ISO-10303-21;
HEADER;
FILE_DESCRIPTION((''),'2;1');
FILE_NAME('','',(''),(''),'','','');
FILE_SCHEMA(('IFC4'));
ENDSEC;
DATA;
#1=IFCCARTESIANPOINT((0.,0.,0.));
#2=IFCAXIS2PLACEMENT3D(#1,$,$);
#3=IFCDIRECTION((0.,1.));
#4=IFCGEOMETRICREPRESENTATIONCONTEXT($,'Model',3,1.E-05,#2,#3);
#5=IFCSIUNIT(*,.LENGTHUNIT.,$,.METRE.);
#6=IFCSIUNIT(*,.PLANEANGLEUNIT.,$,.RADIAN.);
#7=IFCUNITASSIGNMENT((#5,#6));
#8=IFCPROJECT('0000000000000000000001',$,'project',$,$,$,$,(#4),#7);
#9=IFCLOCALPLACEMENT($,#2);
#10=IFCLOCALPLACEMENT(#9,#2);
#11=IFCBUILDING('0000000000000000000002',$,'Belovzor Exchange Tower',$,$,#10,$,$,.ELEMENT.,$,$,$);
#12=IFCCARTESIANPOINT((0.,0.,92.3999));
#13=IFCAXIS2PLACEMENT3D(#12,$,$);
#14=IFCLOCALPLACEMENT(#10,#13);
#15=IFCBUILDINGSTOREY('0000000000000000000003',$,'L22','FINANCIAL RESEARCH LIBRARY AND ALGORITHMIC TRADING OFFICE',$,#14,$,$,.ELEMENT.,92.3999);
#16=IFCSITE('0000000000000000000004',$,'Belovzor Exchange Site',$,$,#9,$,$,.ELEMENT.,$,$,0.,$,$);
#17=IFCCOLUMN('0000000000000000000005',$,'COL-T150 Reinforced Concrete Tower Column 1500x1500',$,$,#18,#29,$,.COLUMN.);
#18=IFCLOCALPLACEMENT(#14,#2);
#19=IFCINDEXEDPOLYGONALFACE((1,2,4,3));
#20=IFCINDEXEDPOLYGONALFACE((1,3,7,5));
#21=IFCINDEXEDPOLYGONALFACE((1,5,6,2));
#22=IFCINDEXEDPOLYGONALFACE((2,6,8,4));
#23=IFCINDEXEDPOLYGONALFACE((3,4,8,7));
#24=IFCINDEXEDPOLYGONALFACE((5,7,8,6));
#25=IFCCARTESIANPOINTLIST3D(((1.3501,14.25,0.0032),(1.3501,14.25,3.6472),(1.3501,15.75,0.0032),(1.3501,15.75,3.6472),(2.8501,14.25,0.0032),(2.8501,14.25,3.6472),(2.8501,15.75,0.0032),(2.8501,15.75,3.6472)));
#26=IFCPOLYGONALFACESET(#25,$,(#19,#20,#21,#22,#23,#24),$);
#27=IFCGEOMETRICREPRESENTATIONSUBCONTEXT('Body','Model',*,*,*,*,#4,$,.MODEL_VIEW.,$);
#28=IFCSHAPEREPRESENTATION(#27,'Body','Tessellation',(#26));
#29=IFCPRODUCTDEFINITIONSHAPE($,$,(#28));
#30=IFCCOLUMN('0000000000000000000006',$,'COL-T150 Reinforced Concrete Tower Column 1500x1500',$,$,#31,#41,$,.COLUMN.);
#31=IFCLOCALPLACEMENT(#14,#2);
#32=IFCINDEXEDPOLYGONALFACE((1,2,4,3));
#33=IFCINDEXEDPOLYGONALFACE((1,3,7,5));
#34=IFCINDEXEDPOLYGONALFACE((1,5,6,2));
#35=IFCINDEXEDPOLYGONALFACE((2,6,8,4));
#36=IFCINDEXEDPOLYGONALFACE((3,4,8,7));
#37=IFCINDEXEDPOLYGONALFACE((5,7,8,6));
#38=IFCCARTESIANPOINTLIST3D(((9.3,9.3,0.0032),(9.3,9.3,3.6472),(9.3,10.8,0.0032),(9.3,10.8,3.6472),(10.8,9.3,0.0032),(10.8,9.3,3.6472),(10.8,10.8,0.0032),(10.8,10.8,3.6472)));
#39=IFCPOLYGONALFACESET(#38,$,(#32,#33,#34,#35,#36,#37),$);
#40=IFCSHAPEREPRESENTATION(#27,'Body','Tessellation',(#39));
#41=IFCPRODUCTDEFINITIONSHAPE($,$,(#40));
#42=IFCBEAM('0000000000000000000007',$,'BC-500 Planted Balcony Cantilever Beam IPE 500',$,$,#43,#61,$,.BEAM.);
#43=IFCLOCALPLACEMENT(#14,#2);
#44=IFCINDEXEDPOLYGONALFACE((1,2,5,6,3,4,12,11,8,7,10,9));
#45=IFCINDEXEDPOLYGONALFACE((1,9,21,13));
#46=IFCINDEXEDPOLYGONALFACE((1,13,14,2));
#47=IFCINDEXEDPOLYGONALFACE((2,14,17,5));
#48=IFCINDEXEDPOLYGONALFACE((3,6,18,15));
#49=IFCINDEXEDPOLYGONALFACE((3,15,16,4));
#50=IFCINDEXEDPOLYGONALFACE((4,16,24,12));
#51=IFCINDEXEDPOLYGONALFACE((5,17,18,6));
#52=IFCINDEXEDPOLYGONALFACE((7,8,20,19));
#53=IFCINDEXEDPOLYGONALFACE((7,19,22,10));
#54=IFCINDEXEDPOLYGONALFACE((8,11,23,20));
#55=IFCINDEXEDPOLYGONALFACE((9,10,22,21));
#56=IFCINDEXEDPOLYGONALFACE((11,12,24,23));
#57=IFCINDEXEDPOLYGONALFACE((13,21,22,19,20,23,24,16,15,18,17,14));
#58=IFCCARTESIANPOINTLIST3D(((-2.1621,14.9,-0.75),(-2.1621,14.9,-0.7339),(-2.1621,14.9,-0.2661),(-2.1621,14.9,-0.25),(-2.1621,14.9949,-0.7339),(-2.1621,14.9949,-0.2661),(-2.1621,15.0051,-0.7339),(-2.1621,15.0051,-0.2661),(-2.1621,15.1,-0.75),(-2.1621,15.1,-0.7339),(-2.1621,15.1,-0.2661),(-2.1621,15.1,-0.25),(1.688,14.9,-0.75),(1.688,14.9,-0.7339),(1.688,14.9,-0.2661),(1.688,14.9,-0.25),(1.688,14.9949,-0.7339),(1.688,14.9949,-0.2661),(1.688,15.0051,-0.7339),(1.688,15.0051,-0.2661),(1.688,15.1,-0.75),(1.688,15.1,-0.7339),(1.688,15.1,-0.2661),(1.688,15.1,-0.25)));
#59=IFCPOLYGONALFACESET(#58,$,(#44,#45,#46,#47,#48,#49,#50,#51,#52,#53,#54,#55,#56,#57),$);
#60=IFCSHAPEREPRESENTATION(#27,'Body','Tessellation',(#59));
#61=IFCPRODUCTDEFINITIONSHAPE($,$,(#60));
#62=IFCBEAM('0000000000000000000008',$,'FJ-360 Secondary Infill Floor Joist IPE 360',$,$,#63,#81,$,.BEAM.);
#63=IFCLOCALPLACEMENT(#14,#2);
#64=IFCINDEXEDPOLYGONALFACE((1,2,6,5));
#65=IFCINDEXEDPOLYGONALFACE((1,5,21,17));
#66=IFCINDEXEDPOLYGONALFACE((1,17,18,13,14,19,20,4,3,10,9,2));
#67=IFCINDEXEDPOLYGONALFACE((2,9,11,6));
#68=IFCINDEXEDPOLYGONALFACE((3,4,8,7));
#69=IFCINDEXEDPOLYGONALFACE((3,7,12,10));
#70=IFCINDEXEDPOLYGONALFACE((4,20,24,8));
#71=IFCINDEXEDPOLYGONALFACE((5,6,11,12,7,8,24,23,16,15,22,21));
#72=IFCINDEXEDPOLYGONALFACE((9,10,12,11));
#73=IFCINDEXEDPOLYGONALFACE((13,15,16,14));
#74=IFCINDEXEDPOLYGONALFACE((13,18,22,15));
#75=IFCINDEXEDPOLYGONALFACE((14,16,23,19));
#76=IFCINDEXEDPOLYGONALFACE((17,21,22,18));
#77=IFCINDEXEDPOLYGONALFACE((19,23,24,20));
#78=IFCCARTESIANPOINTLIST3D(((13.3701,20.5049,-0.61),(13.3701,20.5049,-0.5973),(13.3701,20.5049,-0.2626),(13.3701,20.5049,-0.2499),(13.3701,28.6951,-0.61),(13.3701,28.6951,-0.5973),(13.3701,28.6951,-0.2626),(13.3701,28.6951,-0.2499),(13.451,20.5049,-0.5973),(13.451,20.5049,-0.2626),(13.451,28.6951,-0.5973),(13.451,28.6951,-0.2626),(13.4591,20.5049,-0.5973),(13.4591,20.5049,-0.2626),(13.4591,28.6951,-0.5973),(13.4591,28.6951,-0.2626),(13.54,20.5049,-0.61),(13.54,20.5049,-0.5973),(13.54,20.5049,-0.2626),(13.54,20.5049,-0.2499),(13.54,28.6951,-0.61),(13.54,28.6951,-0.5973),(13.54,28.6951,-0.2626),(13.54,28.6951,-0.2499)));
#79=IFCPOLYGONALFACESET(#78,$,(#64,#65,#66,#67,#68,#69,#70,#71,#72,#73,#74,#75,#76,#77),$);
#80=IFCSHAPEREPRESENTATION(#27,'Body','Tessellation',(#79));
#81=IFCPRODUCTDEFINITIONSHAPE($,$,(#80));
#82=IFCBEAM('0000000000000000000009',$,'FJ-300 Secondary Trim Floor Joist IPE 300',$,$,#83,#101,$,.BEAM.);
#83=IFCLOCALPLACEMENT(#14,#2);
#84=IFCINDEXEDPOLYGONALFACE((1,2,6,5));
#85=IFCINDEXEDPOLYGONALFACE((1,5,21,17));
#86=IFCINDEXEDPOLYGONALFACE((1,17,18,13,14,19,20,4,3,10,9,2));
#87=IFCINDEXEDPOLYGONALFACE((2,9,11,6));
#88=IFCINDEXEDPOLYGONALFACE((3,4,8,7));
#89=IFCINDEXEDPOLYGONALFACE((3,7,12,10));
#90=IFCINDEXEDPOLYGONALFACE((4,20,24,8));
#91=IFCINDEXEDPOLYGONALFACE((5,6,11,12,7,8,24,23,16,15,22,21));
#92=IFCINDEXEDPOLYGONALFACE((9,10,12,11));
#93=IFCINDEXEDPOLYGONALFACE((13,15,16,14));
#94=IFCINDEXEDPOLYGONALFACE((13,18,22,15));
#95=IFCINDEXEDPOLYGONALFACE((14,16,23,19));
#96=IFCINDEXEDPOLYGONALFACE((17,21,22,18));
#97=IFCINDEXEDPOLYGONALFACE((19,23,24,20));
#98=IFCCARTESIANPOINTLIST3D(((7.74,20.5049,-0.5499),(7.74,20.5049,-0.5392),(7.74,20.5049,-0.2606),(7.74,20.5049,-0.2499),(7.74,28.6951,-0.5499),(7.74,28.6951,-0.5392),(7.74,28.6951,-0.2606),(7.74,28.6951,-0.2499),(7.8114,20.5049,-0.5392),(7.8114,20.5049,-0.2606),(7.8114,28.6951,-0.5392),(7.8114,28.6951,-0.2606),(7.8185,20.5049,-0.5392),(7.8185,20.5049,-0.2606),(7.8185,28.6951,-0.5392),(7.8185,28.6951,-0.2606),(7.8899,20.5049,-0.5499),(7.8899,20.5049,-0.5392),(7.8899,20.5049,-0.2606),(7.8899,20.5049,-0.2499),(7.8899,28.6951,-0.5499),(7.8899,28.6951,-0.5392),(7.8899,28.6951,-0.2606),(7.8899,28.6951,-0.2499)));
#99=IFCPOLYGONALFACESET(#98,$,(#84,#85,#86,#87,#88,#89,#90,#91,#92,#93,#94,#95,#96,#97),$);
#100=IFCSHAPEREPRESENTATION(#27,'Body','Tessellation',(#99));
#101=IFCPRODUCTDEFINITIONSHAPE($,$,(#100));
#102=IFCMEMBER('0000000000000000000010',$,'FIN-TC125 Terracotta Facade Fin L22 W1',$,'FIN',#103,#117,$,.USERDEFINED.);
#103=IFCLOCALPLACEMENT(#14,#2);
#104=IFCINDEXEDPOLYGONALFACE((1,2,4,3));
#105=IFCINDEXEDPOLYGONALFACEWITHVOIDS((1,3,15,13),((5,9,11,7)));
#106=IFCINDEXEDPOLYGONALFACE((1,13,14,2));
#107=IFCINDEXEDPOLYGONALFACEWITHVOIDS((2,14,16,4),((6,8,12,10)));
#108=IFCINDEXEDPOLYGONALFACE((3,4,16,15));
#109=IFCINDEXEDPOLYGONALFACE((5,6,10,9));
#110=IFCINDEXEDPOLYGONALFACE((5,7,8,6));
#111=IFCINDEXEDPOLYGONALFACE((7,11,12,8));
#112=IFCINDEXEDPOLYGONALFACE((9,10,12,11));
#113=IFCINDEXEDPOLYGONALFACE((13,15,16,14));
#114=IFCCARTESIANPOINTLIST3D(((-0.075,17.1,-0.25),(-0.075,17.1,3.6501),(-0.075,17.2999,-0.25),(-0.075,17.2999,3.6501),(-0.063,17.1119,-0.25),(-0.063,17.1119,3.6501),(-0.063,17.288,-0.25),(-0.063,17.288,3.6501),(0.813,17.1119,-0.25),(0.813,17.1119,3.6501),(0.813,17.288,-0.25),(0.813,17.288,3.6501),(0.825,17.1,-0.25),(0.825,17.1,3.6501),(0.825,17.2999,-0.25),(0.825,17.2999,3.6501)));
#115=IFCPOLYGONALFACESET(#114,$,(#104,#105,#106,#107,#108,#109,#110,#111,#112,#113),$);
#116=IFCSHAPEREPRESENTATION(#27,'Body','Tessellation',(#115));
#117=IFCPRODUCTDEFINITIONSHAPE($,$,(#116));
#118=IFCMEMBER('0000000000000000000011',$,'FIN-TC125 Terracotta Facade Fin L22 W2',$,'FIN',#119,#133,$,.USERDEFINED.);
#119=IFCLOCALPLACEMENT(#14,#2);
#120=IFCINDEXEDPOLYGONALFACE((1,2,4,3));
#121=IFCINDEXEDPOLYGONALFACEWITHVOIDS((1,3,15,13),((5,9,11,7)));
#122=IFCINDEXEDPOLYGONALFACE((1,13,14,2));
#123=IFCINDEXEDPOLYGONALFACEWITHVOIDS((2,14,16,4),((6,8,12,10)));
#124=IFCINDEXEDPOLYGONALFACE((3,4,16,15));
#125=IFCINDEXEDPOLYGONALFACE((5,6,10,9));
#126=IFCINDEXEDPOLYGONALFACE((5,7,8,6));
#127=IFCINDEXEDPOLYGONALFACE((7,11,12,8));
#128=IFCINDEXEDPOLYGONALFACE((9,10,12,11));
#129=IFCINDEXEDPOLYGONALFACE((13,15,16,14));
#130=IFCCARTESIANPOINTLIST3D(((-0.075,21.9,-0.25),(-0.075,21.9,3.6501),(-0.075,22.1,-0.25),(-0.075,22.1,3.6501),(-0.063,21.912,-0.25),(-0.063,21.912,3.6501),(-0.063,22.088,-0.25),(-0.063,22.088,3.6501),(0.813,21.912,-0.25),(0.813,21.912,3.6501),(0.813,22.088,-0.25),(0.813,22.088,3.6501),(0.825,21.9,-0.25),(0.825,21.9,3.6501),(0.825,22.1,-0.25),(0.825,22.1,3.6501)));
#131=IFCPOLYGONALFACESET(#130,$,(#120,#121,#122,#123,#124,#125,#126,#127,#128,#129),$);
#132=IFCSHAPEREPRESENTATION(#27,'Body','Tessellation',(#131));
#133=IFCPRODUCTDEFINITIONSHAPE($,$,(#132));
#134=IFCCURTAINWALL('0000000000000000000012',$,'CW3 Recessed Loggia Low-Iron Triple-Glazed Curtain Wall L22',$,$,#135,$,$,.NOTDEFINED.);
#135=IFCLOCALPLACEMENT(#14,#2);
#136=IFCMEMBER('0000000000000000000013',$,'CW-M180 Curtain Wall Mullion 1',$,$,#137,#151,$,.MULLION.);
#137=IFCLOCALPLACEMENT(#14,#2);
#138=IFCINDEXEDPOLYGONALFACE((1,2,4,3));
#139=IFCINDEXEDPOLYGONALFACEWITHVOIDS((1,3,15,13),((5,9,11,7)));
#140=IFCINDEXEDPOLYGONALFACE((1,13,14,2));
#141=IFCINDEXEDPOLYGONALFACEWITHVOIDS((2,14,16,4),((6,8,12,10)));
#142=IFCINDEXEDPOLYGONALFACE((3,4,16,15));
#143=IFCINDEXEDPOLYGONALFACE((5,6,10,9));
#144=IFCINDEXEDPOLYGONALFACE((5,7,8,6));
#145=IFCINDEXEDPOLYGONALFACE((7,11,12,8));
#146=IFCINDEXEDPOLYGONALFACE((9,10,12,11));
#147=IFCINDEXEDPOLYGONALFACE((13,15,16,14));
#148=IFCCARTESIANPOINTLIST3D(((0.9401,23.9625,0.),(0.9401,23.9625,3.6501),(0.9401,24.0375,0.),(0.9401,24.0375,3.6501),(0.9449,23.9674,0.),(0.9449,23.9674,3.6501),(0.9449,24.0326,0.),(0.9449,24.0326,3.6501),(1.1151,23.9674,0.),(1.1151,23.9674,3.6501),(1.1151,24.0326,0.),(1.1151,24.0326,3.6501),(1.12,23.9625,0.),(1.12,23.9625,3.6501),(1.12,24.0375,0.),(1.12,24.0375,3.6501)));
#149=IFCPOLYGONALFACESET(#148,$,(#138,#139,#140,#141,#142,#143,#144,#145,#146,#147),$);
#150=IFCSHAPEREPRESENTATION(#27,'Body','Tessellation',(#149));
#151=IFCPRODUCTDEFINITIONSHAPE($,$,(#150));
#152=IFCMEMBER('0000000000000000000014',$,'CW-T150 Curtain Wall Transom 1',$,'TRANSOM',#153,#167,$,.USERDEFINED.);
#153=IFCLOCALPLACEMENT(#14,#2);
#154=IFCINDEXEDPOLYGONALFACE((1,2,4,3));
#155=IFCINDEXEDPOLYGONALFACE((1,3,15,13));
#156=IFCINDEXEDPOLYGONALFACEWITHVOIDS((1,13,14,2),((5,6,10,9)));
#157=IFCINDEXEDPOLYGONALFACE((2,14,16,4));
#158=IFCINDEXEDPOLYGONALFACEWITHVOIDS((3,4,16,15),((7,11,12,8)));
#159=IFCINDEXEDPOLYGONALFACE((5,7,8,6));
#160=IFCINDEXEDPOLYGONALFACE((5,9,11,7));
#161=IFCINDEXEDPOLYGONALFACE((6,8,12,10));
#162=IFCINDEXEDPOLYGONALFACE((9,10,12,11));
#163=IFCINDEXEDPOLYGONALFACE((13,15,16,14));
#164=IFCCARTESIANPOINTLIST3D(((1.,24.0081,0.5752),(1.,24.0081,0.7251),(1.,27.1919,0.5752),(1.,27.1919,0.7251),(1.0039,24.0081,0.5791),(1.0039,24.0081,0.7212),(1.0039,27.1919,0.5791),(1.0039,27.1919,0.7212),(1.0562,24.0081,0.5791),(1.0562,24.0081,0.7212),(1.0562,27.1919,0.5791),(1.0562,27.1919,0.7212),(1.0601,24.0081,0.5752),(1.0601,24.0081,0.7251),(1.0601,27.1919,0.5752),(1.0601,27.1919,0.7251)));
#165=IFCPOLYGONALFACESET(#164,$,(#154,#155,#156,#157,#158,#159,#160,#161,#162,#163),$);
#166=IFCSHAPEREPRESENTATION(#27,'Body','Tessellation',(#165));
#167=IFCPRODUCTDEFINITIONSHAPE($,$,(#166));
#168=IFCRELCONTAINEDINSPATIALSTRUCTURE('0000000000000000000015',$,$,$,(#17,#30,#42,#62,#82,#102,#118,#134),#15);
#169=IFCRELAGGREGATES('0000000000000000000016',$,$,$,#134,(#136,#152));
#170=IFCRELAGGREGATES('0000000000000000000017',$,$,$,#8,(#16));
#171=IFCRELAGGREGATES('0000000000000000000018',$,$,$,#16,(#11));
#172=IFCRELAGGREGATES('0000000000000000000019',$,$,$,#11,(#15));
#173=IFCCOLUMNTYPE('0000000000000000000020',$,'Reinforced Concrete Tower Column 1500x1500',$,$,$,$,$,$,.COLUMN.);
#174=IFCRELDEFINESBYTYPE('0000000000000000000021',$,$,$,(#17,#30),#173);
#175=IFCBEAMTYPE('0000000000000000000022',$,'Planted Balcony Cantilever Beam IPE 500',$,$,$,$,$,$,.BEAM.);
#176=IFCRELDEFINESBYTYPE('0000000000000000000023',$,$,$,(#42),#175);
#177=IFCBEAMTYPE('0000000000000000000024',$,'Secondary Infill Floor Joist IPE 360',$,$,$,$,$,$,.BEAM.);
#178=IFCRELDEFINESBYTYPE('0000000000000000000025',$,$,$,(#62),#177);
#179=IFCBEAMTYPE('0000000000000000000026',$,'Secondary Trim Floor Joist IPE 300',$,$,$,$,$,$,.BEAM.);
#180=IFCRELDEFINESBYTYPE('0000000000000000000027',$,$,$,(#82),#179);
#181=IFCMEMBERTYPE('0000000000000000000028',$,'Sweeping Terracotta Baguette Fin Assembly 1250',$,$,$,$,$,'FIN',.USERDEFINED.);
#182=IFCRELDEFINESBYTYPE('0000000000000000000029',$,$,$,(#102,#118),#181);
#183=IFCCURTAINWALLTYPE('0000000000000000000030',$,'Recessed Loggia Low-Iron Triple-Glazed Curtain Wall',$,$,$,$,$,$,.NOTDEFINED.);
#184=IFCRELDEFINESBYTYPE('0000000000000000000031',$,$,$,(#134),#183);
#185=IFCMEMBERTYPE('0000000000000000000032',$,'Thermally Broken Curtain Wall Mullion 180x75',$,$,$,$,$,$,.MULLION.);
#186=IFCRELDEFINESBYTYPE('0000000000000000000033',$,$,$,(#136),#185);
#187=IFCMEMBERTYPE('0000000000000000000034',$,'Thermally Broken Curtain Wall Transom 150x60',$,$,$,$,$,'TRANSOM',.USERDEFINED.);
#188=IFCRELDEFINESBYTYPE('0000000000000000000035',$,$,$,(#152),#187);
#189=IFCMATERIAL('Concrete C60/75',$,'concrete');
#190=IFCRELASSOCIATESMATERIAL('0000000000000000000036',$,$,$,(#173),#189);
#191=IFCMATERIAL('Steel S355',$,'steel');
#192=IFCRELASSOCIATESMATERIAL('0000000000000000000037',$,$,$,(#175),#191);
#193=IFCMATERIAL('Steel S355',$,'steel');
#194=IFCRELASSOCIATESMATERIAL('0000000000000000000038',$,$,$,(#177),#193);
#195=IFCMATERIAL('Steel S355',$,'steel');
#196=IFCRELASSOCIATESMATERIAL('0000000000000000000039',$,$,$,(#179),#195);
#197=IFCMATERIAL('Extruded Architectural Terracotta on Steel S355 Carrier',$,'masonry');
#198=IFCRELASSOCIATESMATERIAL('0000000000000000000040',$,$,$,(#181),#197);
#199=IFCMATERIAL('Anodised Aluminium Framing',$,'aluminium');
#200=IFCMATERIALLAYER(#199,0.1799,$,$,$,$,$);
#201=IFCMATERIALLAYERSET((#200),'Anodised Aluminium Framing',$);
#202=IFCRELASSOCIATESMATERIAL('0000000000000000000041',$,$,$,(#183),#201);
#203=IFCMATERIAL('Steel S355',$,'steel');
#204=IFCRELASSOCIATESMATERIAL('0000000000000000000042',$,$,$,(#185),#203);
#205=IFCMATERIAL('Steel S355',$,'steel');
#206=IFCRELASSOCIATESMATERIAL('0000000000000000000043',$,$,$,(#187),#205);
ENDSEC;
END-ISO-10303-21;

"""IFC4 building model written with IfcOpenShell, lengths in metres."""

from ifc_helpers import new_model, si_unit, direction, frame, origin, origin_2d, place, context, subcontext, project, spatial, rectangle, hollow_rectangle, i_section, extrude, material, layer, layer_set, material_profile, profile_set, type_object, element, aggregate, save


model = new_model("IFC4")

# Units and contexts
model_context = context("Model", 3, precision=1e-05, world=origin(), true_north=direction((0.0, 1.0)))
body_context = subcontext(model_context, "Body", "Model", "MODEL_VIEW")
ifc_project = project(units=[si_unit("LENGTHUNIT", "METRE"), si_unit("PLANEANGLEUNIT", "RADIAN")], contexts=[model_context])

# Site, building, storey
site_placement = place(None, origin())
site = spatial("IfcSite", under=ifc_project, at=site_placement, Name="Belovzor Exchange Site", CompositionType="ELEMENT", RefElevation=0.0)
building_placement = place(site_placement, origin())
building = spatial("IfcBuilding", under=site, at=building_placement, Name="Belovzor Exchange Tower", CompositionType="ELEMENT")
storey_placement = place(building_placement, frame((0.0, 0.0, 92.3999)))
storey = spatial("IfcBuildingStorey", under=building, at=storey_placement, Name="L22", Description="FINANCIAL RESEARCH LIBRARY AND ALGORITHMIC TRADING OFFICE", CompositionType="ELEMENT", Elevation=92.3999)

# Columns
ifc_material_1 = material(Name="Concrete C60/75", Category="concrete")
ifc_material_profile_1 = material_profile(ifc_material_1, rectangle(XDim=1.5, YDim=1.5, at=origin_2d()))
ifc_profile_set_1 = profile_set([ifc_material_profile_1], Name="Concrete C60/75")
column_type = type_object("IfcColumnType", Name="Reinforced Concrete Tower Column 1500x1500", PredefinedType="COLUMN", material=ifc_profile_set_1)
for number, where, z_axis, x_axis, name in (
    (1, (2.1001, 15.0, 0.0032), (0.0, 0.0, 1.0), (1.0, 0.0, 0.0), "COL-T150 Reinforced Concrete Tower Column 1500x1500"),
    (2, (10.05, 10.05, 0.0032), (0.0, 0.0, 1.0), (1.0, 0.0, 0.0), "COL-T150 Reinforced Concrete Tower Column 1500x1500"),
):
    element("IfcColumn", number, at=place(storey_placement, frame(where, z_axis=z_axis, x_axis=x_axis)), inside=storey, type_object=column_type, Name=name, PredefinedType="COLUMN", context=body_context, shape_type="SweptSolid", body=[
        extrude(rectangle(XDim=1.5, YDim=1.5, at=origin_2d()), origin(), (0.0, 0.0, 1.0), 3.644),
    ])

# Beams
ifc_material_2 = material(Name="Steel S355", Category="steel")
ifc_material_profile_2 = material_profile(ifc_material_2, i_section(OverallWidth=0.2, OverallDepth=0.5, WebThickness=0.0103, FlangeThickness=0.0161, at=origin_2d()))
ifc_profile_set_2 = profile_set([ifc_material_profile_2], Name="Steel S355")
beam_type_1 = type_object("IfcBeamType", Name="Planted Balcony Cantilever Beam IPE 500", PredefinedType="BEAM", material=ifc_profile_set_2)
beam_1_placement = place(storey_placement, frame((1.688, 15.0, -0.5), z_axis=(-1.0, 0.0, 0.0), x_axis=(0.0, -1.0, 0.0)))
element("IfcBeam", 3, at=beam_1_placement, inside=storey, type_object=beam_type_1, Name="BC-500 Planted Balcony Cantilever Beam IPE 500", PredefinedType="BEAM", context=body_context, shape_type="SweptSolid", body=[
    extrude(i_section(OverallWidth=0.2, OverallDepth=0.5, WebThickness=0.0103, FlangeThickness=0.0161, at=origin_2d()), origin(), (0.0, 0.0, 1.0), 3.8501),
])
ifc_material_3 = material(Name="Steel S355", Category="steel")
ifc_material_profile_3 = material_profile(ifc_material_3, i_section(OverallWidth=0.1699, OverallDepth=0.3601, WebThickness=0.0081, FlangeThickness=0.0127, at=origin_2d()))
ifc_profile_set_3 = profile_set([ifc_material_profile_3], Name="Steel S355")
beam_type_2 = type_object("IfcBeamType", Name="Secondary Infill Floor Joist IPE 360", PredefinedType="BEAM", material=ifc_profile_set_3)
beam_2_placement = place(storey_placement, frame((13.4551, 20.5049, -0.4299), z_axis=(0.0, 1.0, 0.0), x_axis=(-1.0, 0.0, 0.0)))
element("IfcBeam", 4, at=beam_2_placement, inside=storey, type_object=beam_type_2, Name="FJ-360 Secondary Infill Floor Joist IPE 360", PredefinedType="BEAM", context=body_context, shape_type="SweptSolid", body=[
    extrude(i_section(OverallWidth=0.1699, OverallDepth=0.3601, WebThickness=0.0081, FlangeThickness=0.0127, at=origin_2d()), origin(), (0.0, 0.0, 1.0), 8.1902),
])
ifc_material_4 = material(Name="Steel S355", Category="steel")
ifc_material_profile_4 = material_profile(ifc_material_4, i_section(OverallWidth=0.1499, OverallDepth=0.3, WebThickness=0.0071, FlangeThickness=0.0107, at=origin_2d()))
ifc_profile_set_4 = profile_set([ifc_material_profile_4], Name="Steel S355")
beam_type_3 = type_object("IfcBeamType", Name="Secondary Trim Floor Joist IPE 300", PredefinedType="BEAM", material=ifc_profile_set_4)
beam_3_placement = place(storey_placement, frame((7.8149, 20.5049, -0.3999), z_axis=(0.0, 1.0, 0.0), x_axis=(-1.0, 0.0, 0.0)))
element("IfcBeam", 5, at=beam_3_placement, inside=storey, type_object=beam_type_3, Name="FJ-300 Secondary Trim Floor Joist IPE 300", PredefinedType="BEAM", context=body_context, shape_type="SweptSolid", body=[
    extrude(i_section(OverallWidth=0.1499, OverallDepth=0.3, WebThickness=0.0071, FlangeThickness=0.0107, at=origin_2d()), origin(), (0.0, 0.0, 1.0), 8.1902),
])

# Members
ifc_material_5 = material(Name="Extruded Architectural Terracotta on Steel S355 Carrier", Category="masonry")
ifc_material_profile_5 = material_profile(ifc_material_5, hollow_rectangle(XDim=0.2, YDim=0.8999, WallThickness=0.012, at=origin_2d()))
ifc_profile_set_5 = profile_set([ifc_material_profile_5], Name="Extruded Architectural Terracotta on Steel S355 Carrier")
member_type_1 = type_object("IfcMemberType", Name="Sweeping Terracotta Baguette Fin Assembly 1250", ElementType="FIN", PredefinedType="USERDEFINED", material=ifc_profile_set_5)
for number, where, z_axis, x_axis, name in (
    (6, (0.375, 17.2, -0.25), (0.0, 0.0, 1.0), (0.0, 1.0, 0.0), "FIN-TC125 Terracotta Facade Fin L22 W1"),
    (7, (0.375, 22.0, -0.25), (0.0, 0.0, 1.0), (0.0, 1.0, 0.0), "FIN-TC125 Terracotta Facade Fin L22 W2"),
):
    element("IfcMember", number, at=place(storey_placement, frame(where, z_axis=z_axis, x_axis=x_axis)), inside=storey, type_object=member_type_1, Name=name, ObjectType="FIN", PredefinedType="USERDEFINED", context=body_context, shape_type="SweptSolid", body=[
        extrude(hollow_rectangle(XDim=0.2, YDim=0.8999, WallThickness=0.012, at=origin_2d()), origin(), (0.0, 0.0, 1.0), 3.9001),
    ])

# Curtain wall, members
ifc_material_6 = material(Name="Anodised Aluminium Framing", Category="aluminium")
ifc_layer_1 = layer(ifc_material_6, 0.1799)
ifc_layer_set_1 = layer_set([ifc_layer_1], Name="Anodised Aluminium Framing")
curtain_wall_type = type_object("IfcCurtainWallType", Name="Recessed Loggia Low-Iron Triple-Glazed Curtain Wall", PredefinedType="NOTDEFINED", material=ifc_layer_set_1)
curtain_wall_placement = place(storey_placement, origin())
curtain_wall = element("IfcCurtainWall", 8, at=curtain_wall_placement, inside=storey, type_object=curtain_wall_type, Name="CW3 Recessed Loggia Low-Iron Triple-Glazed Curtain Wall L22", PredefinedType="NOTDEFINED")
ifc_material_7 = material(Name="Steel S355", Category="steel")
ifc_material_profile_6 = material_profile(ifc_material_7, hollow_rectangle(XDim=0.075, YDim=0.1799, WallThickness=0.0049, at=origin_2d()))
ifc_profile_set_6 = profile_set([ifc_material_profile_6], Name="Steel S355")
member_type_2 = type_object("IfcMemberType", Name="Thermally Broken Curtain Wall Mullion 180x75", PredefinedType="MULLION", material=ifc_profile_set_6)
member_1_placement = place(storey_placement, frame((1.03, 24.0, 0.0), z_axis=(0.0, 0.0, 1.0), x_axis=(0.0, 1.0, 0.0)))
member_1 = element("IfcMember", 9, at=member_1_placement, type_object=member_type_2, Name="CW-M180 Curtain Wall Mullion 1", PredefinedType="MULLION", context=body_context, shape_type="SweptSolid", body=[
    extrude(hollow_rectangle(XDim=0.075, YDim=0.1799, WallThickness=0.0049, at=origin_2d()), origin(), (0.0, 0.0, 1.0), 3.6501),
])
ifc_material_8 = material(Name="Steel S355", Category="steel")
ifc_material_profile_7 = material_profile(ifc_material_8, hollow_rectangle(XDim=0.0601, YDim=0.1499, WallThickness=0.0039, at=origin_2d()))
ifc_profile_set_7 = profile_set([ifc_material_profile_7], Name="Steel S355")
member_type_3 = type_object("IfcMemberType", Name="Thermally Broken Curtain Wall Transom 150x60", ElementType="TRANSOM", PredefinedType="USERDEFINED", material=ifc_profile_set_7)
member_2_placement = place(storey_placement, frame((1.03, 24.0081, 0.6501), z_axis=(0.0, 1.0, 0.0), x_axis=(-1.0, 0.0, 0.0)))
member_2 = element("IfcMember", 10, at=member_2_placement, type_object=member_type_3, Name="CW-T150 Curtain Wall Transom 1", ObjectType="TRANSOM", PredefinedType="USERDEFINED", context=body_context, shape_type="SweptSolid", body=[
    extrude(hollow_rectangle(XDim=0.0601, YDim=0.1499, WallThickness=0.0039, at=origin_2d()), origin(), (0.0, 0.0, 1.0), 3.1838),
])

aggregate(curtain_wall, [member_1, member_2])

save(model, "model.ifc")
